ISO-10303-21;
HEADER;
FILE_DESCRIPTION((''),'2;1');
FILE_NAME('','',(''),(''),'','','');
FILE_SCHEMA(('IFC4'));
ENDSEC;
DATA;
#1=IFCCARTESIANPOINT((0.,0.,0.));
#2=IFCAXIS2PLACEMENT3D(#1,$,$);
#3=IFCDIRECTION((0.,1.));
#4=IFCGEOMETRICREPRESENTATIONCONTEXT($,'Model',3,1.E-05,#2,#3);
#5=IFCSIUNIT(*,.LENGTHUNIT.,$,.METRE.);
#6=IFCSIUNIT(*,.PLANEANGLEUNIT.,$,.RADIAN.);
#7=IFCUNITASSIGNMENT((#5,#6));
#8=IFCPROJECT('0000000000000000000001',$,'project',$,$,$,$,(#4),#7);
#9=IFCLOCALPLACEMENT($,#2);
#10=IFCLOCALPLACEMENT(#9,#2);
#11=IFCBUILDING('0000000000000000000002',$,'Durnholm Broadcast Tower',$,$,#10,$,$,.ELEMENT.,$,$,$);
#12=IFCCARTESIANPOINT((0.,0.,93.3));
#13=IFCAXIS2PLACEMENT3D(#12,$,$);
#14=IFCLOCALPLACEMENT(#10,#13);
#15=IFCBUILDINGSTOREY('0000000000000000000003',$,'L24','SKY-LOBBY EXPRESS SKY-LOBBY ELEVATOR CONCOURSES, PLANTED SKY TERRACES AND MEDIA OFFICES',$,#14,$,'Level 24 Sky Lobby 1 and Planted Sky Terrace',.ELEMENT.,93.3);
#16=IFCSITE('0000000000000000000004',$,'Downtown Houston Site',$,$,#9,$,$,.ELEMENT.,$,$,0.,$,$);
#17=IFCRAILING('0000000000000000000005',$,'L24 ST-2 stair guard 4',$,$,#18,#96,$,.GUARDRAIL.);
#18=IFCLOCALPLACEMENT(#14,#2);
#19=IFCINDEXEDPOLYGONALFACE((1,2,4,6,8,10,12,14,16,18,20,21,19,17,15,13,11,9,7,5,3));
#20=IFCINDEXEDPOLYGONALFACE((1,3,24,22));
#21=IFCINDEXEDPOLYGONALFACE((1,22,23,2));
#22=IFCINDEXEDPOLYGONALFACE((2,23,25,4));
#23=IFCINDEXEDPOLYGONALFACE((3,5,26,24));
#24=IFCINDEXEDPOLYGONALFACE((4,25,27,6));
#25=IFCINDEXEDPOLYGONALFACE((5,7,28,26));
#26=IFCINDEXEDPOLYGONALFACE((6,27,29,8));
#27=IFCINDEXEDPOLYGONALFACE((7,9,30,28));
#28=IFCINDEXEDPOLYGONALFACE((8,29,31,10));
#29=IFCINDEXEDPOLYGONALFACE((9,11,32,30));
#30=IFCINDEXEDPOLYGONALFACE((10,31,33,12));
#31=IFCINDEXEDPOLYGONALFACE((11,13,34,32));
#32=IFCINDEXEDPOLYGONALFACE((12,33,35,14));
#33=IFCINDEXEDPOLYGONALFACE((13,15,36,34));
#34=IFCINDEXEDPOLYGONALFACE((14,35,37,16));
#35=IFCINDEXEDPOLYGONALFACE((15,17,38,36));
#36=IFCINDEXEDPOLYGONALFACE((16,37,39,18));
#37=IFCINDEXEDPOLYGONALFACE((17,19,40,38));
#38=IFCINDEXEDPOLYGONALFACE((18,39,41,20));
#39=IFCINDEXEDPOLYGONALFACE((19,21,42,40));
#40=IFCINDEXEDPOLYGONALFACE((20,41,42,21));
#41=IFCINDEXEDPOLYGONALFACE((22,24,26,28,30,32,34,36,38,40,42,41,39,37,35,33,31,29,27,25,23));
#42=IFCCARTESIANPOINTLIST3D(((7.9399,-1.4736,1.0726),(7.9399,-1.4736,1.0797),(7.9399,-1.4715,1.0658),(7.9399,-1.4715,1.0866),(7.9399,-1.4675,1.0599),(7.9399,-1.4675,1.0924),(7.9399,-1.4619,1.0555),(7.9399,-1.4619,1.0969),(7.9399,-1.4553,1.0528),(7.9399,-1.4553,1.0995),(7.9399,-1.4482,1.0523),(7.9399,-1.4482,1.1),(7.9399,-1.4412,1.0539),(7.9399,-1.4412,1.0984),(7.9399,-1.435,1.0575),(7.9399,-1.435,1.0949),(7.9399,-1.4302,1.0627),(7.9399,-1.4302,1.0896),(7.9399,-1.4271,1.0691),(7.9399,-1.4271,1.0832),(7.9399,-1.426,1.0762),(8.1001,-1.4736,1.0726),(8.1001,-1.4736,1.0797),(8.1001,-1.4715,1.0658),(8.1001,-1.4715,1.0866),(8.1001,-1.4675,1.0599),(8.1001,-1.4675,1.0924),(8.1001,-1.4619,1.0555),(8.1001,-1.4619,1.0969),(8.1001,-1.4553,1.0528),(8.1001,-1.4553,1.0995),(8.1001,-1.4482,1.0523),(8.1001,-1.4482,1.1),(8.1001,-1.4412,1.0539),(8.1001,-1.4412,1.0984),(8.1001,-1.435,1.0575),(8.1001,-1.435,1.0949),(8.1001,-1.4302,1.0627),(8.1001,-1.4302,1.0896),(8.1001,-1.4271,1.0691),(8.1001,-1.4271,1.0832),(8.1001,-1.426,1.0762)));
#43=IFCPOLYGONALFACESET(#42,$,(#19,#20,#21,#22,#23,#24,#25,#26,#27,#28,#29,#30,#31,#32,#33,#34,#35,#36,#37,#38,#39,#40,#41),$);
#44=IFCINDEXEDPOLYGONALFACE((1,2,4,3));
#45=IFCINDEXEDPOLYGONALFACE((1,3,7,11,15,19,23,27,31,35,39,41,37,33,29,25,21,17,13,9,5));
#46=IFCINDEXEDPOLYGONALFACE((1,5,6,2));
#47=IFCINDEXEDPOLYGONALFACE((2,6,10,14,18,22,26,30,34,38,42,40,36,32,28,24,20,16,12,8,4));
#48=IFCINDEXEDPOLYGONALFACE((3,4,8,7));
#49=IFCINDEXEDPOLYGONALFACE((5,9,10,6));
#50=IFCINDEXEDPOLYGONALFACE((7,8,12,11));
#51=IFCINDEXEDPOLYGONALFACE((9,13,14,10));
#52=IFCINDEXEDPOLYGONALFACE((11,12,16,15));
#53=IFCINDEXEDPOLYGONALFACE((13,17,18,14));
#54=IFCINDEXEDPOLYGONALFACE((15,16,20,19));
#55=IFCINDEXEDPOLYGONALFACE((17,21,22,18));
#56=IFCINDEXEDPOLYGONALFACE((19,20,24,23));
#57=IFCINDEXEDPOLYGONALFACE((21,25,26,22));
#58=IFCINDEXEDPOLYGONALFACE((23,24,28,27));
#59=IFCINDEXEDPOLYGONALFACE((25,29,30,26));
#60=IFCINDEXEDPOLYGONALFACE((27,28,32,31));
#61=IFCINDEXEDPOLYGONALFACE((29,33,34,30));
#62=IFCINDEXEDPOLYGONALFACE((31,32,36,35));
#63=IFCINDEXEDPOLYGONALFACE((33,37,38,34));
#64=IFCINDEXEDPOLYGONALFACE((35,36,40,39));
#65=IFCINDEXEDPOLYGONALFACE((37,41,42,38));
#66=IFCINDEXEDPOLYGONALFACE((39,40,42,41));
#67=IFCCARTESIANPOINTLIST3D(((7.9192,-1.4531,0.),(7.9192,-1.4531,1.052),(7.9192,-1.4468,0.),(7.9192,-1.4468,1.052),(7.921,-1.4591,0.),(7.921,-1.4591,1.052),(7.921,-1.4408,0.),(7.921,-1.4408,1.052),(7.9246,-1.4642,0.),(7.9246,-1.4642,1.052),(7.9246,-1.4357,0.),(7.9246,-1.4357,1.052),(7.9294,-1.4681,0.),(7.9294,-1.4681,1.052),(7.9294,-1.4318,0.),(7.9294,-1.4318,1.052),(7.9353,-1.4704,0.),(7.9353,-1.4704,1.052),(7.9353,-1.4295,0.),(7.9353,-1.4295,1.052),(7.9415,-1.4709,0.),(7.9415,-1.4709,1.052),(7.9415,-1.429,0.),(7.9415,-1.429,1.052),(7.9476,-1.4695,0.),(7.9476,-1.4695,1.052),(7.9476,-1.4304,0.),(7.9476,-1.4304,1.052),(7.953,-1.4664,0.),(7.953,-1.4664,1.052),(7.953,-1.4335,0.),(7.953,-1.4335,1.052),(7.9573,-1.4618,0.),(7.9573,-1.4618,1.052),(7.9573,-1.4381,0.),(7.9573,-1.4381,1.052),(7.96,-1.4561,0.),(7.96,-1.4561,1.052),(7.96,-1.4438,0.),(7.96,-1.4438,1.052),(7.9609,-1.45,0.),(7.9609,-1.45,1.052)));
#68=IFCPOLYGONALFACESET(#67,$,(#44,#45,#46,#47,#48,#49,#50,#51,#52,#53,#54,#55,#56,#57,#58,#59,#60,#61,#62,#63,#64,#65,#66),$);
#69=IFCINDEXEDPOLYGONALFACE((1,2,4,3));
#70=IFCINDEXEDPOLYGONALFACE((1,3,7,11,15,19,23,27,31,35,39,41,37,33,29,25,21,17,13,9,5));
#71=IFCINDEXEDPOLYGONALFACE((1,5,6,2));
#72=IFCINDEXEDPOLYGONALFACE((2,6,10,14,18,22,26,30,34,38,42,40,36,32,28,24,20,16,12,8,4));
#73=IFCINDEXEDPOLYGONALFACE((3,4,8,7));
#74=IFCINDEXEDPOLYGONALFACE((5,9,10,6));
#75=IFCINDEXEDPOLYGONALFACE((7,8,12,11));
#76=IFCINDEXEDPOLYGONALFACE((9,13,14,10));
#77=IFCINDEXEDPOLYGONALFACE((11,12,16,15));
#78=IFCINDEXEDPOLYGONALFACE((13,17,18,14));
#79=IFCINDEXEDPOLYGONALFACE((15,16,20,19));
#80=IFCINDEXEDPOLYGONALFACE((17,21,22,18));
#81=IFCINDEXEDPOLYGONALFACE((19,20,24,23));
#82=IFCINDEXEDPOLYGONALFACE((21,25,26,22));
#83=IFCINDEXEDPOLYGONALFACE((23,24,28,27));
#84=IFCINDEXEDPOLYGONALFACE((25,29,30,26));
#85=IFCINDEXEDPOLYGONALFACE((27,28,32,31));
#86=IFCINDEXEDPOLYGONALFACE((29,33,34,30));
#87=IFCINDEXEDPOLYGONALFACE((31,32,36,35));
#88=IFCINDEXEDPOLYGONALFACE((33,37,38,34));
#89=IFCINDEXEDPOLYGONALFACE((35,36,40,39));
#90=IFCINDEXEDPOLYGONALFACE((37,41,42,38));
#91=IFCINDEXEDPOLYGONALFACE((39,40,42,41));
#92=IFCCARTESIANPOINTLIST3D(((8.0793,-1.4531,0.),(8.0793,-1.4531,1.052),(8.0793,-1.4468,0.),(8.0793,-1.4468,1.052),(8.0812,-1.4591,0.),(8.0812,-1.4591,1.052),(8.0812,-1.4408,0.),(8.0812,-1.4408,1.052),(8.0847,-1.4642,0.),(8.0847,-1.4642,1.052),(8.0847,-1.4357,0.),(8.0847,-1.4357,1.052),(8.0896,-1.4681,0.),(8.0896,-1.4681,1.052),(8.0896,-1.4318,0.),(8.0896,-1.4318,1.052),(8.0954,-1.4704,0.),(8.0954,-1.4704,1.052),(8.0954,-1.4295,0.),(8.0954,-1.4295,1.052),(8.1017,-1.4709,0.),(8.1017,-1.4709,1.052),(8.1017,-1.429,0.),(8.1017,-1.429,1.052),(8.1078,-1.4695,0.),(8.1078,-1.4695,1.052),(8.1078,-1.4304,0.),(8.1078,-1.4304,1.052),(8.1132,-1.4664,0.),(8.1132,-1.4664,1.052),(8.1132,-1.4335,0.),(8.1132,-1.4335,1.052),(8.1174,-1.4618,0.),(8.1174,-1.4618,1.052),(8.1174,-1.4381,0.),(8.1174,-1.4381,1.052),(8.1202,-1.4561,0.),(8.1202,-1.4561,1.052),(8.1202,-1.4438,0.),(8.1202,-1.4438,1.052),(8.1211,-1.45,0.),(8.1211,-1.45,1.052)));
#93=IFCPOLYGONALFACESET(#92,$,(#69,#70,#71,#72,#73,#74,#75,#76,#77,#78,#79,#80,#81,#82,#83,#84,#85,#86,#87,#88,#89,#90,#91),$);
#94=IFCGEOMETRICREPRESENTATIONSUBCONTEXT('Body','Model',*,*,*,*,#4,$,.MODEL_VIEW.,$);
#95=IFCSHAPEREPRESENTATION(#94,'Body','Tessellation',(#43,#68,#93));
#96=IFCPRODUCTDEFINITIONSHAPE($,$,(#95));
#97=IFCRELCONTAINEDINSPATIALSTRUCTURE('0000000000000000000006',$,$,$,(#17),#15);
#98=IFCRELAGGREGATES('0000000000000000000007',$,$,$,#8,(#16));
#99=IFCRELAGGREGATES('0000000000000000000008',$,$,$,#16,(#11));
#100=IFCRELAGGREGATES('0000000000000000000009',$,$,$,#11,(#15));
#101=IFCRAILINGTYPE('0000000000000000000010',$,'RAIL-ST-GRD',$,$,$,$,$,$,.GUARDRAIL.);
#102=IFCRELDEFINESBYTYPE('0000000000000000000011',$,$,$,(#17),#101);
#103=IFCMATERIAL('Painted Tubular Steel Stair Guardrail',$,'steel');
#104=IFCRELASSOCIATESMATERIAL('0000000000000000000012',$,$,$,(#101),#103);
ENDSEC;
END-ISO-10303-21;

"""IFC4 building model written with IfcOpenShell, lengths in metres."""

from ifc_helpers import new_model, si_unit, direction, frame, origin, origin_2d, place, context, subcontext, project, spatial, circle, extrude, material, type_object, element, save


model = new_model("IFC4")

# Units and contexts
model_context = context("Model", 3, precision=1e-05, world=origin(), true_north=direction((0.0, 1.0)))
body_context = subcontext(model_context, "Body", "Model", "MODEL_VIEW")
ifc_project = project(units=[si_unit("LENGTHUNIT", "METRE"), si_unit("PLANEANGLEUNIT", "RADIAN")], contexts=[model_context])

# Site, building, storey
site_placement = place(None, origin())
site = spatial("IfcSite", under=ifc_project, at=site_placement, Name="Downtown Houston Site", CompositionType="ELEMENT", RefElevation=0.0)
building_placement = place(site_placement, origin())
building = spatial("IfcBuilding", under=site, at=building_placement, Name="Durnholm Broadcast Tower", CompositionType="ELEMENT")
storey_placement = place(building_placement, frame((0.0, 0.0, 93.3)))
storey = spatial("IfcBuildingStorey", under=building, at=storey_placement, Name="L24", Description="SKY-LOBBY EXPRESS SKY-LOBBY ELEVATOR CONCOURSES, PLANTED SKY TERRACES AND MEDIA OFFICES", LongName="Level 24 Sky Lobby 1 and Planted Sky Terrace", CompositionType="ELEMENT", Elevation=93.3)

# Railing
ifc_material_1 = material(Name="Painted Tubular Steel Stair Guardrail", Category="steel")
railing_type_1 = type_object("IfcRailingType", Name="RAIL-ST-GRD", PredefinedType="GUARDRAIL", material=ifc_material_1)
railing_1_placement = place(storey_placement, frame((7.9399, -1.45, 0.0)))
element("IfcRailing", 1, at=railing_1_placement, inside=storey, type_object=railing_type_1, Name="L24 ST-2 stair guard 4", PredefinedType="GUARDRAIL", context=body_context, shape_type="SweptSolid", body=[
    extrude(circle(Radius=0.0239, at=origin_2d()), frame((0.0, 0.0, 1.0762), z_axis=(1.0, 0.0, 0.0), x_axis=(0.0, 1.0, 0.0)), (0.0, 0.0, 1.0), 0.1602),
    extrude(circle(Radius=0.021, at=origin_2d()), origin(), (0.0, 0.0, 1.0), 1.052),
    extrude(circle(Radius=0.021, at=origin_2d()), frame((0.1602, 0.0, 0.0)), (0.0, 0.0, 1.0), 1.052),
])

save(model, "model.ifc")
